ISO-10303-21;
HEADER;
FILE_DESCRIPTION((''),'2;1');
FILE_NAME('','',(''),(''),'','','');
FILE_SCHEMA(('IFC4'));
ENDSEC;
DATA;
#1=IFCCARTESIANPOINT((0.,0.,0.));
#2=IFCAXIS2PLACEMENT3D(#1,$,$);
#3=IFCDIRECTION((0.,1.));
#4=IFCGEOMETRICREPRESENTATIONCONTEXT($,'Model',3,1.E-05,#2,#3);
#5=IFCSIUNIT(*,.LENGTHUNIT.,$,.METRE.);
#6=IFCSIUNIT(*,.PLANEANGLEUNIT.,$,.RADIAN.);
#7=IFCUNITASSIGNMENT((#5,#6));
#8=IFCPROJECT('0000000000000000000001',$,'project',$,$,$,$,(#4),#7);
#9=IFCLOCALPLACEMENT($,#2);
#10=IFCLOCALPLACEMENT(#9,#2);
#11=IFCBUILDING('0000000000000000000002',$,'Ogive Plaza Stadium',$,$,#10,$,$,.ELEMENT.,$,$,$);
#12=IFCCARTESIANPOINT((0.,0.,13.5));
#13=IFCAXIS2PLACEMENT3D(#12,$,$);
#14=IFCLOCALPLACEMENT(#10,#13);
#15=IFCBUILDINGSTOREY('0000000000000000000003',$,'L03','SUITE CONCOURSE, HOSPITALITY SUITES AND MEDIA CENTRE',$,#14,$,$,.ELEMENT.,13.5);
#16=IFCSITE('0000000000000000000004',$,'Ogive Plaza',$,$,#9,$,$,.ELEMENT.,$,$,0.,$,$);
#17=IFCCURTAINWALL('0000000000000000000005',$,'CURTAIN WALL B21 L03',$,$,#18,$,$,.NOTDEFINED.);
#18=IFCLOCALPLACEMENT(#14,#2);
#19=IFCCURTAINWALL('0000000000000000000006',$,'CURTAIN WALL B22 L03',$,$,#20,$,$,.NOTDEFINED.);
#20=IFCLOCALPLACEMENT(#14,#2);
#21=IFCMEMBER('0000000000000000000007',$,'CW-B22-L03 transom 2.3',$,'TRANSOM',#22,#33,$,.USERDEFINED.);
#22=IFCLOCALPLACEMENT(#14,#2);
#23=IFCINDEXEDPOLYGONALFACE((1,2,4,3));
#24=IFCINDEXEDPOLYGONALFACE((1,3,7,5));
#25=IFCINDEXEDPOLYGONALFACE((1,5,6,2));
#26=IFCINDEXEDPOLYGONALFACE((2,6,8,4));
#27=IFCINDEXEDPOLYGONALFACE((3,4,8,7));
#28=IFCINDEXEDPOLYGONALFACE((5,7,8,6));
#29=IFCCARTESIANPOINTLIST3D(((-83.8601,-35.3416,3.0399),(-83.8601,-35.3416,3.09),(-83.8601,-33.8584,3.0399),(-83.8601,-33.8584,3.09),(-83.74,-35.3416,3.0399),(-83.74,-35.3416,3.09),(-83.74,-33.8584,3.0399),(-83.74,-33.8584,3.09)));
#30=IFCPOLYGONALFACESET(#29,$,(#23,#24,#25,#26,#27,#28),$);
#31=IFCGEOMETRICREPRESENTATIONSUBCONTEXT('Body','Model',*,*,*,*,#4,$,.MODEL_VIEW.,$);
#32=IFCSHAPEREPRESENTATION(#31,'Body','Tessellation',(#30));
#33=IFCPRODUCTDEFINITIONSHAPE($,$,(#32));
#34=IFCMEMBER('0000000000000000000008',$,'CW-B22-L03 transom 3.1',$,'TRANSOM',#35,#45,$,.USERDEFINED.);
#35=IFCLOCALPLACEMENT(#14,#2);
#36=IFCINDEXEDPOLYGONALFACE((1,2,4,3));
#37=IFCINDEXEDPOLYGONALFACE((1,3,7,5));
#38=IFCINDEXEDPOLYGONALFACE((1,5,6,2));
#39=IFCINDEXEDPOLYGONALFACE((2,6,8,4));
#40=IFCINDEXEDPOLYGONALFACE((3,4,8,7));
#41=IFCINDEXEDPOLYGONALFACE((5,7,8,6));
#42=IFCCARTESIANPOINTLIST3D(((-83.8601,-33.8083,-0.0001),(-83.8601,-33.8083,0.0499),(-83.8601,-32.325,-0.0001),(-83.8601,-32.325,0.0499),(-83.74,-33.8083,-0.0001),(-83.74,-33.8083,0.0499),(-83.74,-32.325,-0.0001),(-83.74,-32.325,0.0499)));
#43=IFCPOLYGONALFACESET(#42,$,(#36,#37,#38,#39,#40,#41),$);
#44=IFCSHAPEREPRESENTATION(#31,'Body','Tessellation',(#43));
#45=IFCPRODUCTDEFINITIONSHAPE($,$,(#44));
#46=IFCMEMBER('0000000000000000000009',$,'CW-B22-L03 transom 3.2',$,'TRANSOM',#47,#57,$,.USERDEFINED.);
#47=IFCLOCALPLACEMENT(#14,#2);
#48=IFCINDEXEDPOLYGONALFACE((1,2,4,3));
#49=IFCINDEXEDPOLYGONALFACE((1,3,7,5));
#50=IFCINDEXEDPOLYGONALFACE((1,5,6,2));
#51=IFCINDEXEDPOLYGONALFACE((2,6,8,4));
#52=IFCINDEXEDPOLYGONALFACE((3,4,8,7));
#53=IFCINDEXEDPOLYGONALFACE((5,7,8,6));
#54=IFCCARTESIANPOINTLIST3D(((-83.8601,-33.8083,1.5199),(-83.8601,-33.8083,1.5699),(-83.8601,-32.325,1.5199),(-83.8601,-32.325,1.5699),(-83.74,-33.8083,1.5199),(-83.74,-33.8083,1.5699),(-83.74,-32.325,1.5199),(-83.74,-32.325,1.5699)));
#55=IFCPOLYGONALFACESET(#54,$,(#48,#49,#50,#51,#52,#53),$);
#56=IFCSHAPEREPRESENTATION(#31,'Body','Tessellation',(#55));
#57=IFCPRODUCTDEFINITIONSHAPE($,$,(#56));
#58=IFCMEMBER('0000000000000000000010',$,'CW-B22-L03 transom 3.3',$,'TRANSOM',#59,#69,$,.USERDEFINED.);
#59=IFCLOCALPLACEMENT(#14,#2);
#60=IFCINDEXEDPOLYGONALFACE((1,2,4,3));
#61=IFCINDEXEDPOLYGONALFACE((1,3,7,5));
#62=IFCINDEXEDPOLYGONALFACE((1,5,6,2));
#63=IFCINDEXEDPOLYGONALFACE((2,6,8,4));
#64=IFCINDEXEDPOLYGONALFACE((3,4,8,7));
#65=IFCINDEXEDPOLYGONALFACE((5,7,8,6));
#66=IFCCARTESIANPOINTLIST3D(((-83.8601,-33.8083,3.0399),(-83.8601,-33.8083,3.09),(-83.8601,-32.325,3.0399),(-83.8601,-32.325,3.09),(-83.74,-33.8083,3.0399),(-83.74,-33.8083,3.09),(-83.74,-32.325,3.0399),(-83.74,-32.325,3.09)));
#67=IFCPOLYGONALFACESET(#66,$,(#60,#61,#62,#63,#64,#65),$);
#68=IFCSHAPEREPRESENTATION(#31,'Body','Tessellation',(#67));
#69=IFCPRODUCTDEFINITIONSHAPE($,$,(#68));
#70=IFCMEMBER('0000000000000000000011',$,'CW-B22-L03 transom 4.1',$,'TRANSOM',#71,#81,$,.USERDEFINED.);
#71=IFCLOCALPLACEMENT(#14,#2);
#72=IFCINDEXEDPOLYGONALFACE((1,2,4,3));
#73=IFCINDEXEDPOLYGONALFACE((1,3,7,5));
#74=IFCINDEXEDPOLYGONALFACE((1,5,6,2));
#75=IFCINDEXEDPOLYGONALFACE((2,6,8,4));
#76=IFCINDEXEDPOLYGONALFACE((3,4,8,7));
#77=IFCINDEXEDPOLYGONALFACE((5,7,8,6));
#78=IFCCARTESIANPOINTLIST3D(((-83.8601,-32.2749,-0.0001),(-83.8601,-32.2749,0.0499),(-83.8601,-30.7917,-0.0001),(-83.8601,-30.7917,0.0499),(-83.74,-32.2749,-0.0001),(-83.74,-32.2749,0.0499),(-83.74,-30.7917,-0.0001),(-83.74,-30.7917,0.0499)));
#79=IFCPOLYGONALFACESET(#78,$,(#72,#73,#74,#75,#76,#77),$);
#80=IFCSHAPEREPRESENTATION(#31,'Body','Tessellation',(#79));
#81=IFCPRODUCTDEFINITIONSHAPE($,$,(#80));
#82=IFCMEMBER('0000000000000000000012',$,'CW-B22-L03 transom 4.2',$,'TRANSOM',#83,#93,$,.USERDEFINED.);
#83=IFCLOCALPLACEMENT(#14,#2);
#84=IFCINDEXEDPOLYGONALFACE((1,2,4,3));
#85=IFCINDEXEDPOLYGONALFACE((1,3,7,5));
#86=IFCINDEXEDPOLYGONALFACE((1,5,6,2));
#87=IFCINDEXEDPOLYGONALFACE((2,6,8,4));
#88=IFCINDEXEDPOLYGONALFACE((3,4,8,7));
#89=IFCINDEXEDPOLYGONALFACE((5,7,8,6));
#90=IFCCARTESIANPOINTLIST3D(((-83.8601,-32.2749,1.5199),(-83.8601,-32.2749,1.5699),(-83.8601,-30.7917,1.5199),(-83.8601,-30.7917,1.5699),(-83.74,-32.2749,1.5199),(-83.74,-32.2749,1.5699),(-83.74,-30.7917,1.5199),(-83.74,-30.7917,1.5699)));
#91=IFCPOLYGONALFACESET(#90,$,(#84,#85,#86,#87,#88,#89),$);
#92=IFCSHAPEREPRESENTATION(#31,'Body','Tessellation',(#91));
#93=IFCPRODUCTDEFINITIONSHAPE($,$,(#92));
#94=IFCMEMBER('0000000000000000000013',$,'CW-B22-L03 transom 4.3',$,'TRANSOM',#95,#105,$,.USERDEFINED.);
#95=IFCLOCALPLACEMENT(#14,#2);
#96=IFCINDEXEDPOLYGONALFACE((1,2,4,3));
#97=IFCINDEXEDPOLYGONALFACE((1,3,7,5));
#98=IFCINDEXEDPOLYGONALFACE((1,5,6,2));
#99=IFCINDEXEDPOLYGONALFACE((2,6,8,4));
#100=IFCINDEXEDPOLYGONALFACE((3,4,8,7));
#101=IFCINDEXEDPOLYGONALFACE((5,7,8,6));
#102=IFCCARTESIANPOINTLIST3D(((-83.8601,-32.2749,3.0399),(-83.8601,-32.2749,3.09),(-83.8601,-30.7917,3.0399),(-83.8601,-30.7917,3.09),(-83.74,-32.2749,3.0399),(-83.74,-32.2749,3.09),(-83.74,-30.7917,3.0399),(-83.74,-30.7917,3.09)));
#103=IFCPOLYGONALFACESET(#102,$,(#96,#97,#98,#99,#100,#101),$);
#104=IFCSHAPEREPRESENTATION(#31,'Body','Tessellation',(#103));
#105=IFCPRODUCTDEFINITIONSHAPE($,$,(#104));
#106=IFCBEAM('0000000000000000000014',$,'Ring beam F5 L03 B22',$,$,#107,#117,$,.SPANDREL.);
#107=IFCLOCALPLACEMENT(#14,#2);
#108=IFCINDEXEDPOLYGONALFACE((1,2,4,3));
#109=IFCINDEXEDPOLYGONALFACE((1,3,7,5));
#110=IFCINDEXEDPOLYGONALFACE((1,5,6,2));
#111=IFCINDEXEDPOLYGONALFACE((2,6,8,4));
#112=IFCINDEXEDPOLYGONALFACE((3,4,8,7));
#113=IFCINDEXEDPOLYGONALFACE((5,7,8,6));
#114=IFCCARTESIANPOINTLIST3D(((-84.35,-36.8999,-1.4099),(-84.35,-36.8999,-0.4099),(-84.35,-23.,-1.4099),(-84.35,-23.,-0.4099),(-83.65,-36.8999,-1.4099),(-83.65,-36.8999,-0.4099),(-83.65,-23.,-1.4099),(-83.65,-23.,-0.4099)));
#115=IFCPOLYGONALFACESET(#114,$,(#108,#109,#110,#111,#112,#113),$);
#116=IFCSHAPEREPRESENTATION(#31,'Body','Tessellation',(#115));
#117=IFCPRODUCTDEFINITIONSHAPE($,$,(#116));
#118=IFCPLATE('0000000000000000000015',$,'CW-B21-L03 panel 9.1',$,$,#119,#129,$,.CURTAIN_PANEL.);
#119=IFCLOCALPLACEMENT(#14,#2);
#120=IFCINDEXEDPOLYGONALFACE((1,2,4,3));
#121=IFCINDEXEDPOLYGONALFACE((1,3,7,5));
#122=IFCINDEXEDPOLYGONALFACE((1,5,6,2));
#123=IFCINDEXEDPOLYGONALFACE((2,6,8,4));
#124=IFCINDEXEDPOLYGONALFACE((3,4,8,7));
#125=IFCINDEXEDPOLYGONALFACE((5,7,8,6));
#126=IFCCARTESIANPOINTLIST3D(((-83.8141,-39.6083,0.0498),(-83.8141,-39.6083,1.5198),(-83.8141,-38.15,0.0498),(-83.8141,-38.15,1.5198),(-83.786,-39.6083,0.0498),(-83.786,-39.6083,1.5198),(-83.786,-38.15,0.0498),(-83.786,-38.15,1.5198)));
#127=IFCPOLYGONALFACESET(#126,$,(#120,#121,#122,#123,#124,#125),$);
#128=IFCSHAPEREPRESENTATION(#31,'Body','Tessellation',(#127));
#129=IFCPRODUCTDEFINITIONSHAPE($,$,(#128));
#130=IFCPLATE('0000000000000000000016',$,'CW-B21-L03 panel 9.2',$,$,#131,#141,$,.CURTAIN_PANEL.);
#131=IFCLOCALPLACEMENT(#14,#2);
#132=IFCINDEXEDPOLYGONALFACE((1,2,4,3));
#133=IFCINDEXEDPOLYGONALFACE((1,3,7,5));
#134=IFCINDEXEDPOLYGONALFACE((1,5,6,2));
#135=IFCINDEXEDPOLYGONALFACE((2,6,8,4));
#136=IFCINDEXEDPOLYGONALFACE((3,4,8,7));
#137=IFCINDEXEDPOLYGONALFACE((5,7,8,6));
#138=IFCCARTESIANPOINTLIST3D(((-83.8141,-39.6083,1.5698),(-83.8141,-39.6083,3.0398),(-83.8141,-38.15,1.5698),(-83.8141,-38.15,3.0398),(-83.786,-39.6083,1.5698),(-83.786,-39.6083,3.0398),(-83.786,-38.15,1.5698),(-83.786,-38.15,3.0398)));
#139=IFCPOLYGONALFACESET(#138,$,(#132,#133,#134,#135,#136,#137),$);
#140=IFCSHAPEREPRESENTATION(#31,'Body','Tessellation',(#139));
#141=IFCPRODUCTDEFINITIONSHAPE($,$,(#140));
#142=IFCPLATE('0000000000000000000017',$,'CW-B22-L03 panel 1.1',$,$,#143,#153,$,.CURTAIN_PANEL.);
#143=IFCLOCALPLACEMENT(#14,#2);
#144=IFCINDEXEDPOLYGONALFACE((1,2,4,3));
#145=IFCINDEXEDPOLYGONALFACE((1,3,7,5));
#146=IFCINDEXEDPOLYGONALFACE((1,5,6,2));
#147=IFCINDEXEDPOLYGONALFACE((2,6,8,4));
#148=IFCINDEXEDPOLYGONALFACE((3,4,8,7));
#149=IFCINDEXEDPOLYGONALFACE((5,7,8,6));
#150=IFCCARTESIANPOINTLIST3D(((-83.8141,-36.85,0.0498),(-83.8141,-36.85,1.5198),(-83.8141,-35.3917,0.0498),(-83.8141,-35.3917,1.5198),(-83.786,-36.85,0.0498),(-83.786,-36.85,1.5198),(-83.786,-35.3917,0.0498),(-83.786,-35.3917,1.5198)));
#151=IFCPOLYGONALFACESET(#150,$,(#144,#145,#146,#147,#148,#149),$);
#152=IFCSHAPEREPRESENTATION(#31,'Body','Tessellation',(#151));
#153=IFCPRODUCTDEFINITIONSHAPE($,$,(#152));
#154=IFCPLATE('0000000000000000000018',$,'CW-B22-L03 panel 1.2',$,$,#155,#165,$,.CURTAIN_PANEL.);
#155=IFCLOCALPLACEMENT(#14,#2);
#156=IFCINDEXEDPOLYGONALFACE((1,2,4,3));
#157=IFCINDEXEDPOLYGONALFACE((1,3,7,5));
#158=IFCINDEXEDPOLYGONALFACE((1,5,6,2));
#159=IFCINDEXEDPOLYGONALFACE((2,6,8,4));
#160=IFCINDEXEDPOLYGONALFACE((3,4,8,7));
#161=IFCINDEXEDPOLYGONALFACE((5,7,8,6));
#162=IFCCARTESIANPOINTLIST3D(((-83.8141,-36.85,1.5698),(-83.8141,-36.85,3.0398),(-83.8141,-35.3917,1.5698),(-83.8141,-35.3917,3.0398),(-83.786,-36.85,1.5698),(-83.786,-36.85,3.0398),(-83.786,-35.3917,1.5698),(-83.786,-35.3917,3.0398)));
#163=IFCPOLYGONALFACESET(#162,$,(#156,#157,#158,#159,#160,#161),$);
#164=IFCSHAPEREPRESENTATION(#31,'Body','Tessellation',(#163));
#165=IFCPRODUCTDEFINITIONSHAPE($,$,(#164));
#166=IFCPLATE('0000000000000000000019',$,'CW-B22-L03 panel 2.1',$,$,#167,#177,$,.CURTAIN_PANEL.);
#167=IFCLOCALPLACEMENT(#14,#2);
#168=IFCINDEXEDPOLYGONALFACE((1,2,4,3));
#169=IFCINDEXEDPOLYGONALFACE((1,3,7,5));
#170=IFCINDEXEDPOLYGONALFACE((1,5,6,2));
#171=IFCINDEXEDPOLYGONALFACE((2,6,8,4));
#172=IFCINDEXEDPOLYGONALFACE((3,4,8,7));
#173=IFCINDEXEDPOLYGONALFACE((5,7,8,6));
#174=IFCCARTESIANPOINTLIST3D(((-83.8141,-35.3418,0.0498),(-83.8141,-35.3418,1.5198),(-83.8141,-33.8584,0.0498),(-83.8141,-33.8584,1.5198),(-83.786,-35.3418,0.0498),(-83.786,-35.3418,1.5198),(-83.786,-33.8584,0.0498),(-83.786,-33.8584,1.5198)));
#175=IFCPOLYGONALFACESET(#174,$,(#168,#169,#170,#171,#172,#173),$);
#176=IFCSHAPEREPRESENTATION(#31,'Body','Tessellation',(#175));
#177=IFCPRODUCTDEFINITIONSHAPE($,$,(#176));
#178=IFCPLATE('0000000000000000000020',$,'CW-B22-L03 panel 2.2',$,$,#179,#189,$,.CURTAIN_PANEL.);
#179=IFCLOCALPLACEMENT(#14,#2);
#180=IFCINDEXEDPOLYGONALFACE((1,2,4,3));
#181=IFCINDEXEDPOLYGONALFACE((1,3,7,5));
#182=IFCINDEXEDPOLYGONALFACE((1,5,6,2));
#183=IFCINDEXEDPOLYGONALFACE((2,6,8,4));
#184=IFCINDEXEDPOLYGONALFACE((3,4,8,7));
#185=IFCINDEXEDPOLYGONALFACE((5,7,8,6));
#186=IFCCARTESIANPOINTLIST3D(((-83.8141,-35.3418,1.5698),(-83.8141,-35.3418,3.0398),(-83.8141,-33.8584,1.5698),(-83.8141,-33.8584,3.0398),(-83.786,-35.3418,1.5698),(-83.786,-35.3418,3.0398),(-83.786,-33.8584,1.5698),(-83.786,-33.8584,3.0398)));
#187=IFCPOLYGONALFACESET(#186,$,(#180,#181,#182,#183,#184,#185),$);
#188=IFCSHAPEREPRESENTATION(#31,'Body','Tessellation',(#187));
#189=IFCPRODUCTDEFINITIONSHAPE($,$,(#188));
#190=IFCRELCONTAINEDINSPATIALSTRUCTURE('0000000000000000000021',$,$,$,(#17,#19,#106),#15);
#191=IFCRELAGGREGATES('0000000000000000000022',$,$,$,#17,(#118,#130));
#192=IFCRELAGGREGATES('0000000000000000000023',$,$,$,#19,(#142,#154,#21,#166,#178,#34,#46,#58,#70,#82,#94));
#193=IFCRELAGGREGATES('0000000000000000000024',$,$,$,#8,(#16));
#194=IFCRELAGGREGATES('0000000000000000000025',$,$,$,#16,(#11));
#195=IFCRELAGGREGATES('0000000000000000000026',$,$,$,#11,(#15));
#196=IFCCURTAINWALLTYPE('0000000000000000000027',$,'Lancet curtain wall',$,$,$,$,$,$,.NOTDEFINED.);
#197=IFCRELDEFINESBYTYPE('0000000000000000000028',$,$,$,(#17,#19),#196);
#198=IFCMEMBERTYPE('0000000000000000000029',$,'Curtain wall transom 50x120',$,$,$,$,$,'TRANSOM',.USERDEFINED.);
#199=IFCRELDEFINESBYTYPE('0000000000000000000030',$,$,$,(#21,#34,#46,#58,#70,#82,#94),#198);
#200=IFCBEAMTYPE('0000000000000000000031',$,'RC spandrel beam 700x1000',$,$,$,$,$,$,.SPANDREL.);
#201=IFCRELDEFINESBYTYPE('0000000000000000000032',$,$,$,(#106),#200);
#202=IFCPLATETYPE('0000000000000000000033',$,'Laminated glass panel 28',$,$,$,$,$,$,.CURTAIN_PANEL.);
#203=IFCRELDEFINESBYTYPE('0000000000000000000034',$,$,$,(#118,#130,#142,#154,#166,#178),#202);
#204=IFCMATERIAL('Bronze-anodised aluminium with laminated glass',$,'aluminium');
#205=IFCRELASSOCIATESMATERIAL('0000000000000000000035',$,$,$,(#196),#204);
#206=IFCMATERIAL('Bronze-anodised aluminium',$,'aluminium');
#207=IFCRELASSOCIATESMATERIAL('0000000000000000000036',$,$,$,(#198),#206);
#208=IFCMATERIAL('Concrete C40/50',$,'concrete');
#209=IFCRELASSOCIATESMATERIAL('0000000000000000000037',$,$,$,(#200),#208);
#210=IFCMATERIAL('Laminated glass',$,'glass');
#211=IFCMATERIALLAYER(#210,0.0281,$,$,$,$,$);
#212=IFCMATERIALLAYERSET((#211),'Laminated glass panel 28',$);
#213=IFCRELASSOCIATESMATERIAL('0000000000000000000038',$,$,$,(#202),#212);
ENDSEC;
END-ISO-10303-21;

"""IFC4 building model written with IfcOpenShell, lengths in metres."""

from ifc_helpers import new_model, si_unit, direction, frame, origin, origin_2d, place, context, subcontext, project, spatial, rectangle, extrude, material, layer, layer_set, material_profile, profile_set, type_object, element, aggregate, save


model = new_model("IFC4")

# Units and contexts
model_context = context("Model", 3, precision=1e-05, world=origin(), true_north=direction((0.0, 1.0)))
body_context = subcontext(model_context, "Body", "Model", "MODEL_VIEW")
ifc_project = project(units=[si_unit("LENGTHUNIT", "METRE"), si_unit("PLANEANGLEUNIT", "RADIAN")], contexts=[model_context])

# Site, building, storey
site_placement = place(None, origin())
site = spatial("IfcSite", under=ifc_project, at=site_placement, Name="Ogive Plaza", CompositionType="ELEMENT", RefElevation=0.0)
building_placement = place(site_placement, origin())
building = spatial("IfcBuilding", under=site, at=building_placement, Name="Ogive Plaza Stadium", CompositionType="ELEMENT")
storey_placement = place(building_placement, frame((0.0, 0.0, 13.5)))
storey = spatial("IfcBuildingStorey", under=building, at=storey_placement, Name="L03", Description="SUITE CONCOURSE, HOSPITALITY SUITES AND MEDIA CENTRE", CompositionType="ELEMENT", Elevation=13.5)

# Curtain wall
ifc_material_1 = material(Name="Bronze-anodised aluminium with laminated glass", Category="aluminium")
curtain_wall_type = type_object("IfcCurtainWallType", Name="Lancet curtain wall", PredefinedType="NOTDEFINED", material=ifc_material_1)
curtain_wall_1_placement = place(storey_placement, origin())
curtain_wall_1 = element("IfcCurtainWall", 1, at=curtain_wall_1_placement, inside=storey, type_object=curtain_wall_type, Name="CURTAIN WALL B21 L03", PredefinedType="NOTDEFINED")

# Curtain wall
curtain_wall_2_placement = place(storey_placement, origin())
curtain_wall_2 = element("IfcCurtainWall", 2, at=curtain_wall_2_placement, inside=storey, type_object=curtain_wall_type, Name="CURTAIN WALL B22 L03", PredefinedType="NOTDEFINED")

# Members
ifc_material_2 = material(Name="Bronze-anodised aluminium", Category="aluminium")
ifc_material_profile_1 = material_profile(ifc_material_2, rectangle(XDim=0.1201, YDim=0.05, at=origin_2d()), Name="AL 120x50")
ifc_profile_set_1 = profile_set([ifc_material_profile_1], Name="Bronze-anodised aluminium")
member_type_1 = type_object("IfcMemberType", Name="Curtain wall transom 50x120", ElementType="TRANSOM", PredefinedType="USERDEFINED", material=ifc_profile_set_1)
member_1_placement = place(storey_placement, frame((-83.8, -35.3416, 3.0649), z_axis=(0.0, 1.0, 0.0), x_axis=(-1.0, 0.0, 0.0)))
member_1 = element("IfcMember", 3, at=member_1_placement, type_object=member_type_1, Name="CW-B22-L03 transom 2.3", ObjectType="TRANSOM", PredefinedType="USERDEFINED", context=body_context, shape_type="SweptSolid", body=[
    extrude(rectangle(XDim=0.1201, YDim=0.05, at=origin_2d()), origin(), (0.0, 0.0, 1.0), 1.4832),
])
member_2_placement = place(storey_placement, frame((-83.8, -33.8083, 0.0249), z_axis=(0.0, 1.0, 0.0), x_axis=(-1.0, 0.0, 0.0)))
member_2 = element("IfcMember", 4, at=member_2_placement, type_object=member_type_1, Name="CW-B22-L03 transom 3.1", ObjectType="TRANSOM", PredefinedType="USERDEFINED", context=body_context, shape_type="SweptSolid", body=[
    extrude(rectangle(XDim=0.1201, YDim=0.05, at=origin_2d()), origin(), (0.0, 0.0, 1.0), 1.4834),
])
member_3_placement = place(storey_placement, frame((-83.8, -33.8083, 1.5449), z_axis=(0.0, 1.0, 0.0), x_axis=(-1.0, 0.0, 0.0)))
member_3 = element("IfcMember", 5, at=member_3_placement, type_object=member_type_1, Name="CW-B22-L03 transom 3.2", ObjectType="TRANSOM", PredefinedType="USERDEFINED", context=body_context, shape_type="SweptSolid", body=[
    extrude(rectangle(XDim=0.1201, YDim=0.05, at=origin_2d()), origin(), (0.0, 0.0, 1.0), 1.4834),
])
member_4_placement = place(storey_placement, frame((-83.8, -33.8083, 3.0649), z_axis=(0.0, 1.0, 0.0), x_axis=(-1.0, 0.0, 0.0)))
member_4 = element("IfcMember", 6, at=member_4_placement, type_object=member_type_1, Name="CW-B22-L03 transom 3.3", ObjectType="TRANSOM", PredefinedType="USERDEFINED", context=body_context, shape_type="SweptSolid", body=[
    extrude(rectangle(XDim=0.1201, YDim=0.05, at=origin_2d()), origin(), (0.0, 0.0, 1.0), 1.4834),
])
member_5_placement = place(storey_placement, frame((-83.8, -32.2749, 0.0249), z_axis=(0.0, 1.0, 0.0), x_axis=(-1.0, 0.0, 0.0)))
member_5 = element("IfcMember", 7, at=member_5_placement, type_object=member_type_1, Name="CW-B22-L03 transom 4.1", ObjectType="TRANSOM", PredefinedType="USERDEFINED", context=body_context, shape_type="SweptSolid", body=[
    extrude(rectangle(XDim=0.1201, YDim=0.05, at=origin_2d()), origin(), (0.0, 0.0, 1.0), 1.4832),
])
member_6_placement = place(storey_placement, frame((-83.8, -32.2749, 1.5449), z_axis=(0.0, 1.0, 0.0), x_axis=(-1.0, 0.0, 0.0)))
member_6 = element("IfcMember", 8, at=member_6_placement, type_object=member_type_1, Name="CW-B22-L03 transom 4.2", ObjectType="TRANSOM", PredefinedType="USERDEFINED", context=body_context, shape_type="SweptSolid", body=[
    extrude(rectangle(XDim=0.1201, YDim=0.05, at=origin_2d()), origin(), (0.0, 0.0, 1.0), 1.4832),
])
member_7_placement = place(storey_placement, frame((-83.8, -32.2749, 3.0649), z_axis=(0.0, 1.0, 0.0), x_axis=(-1.0, 0.0, 0.0)))
member_7 = element("IfcMember", 9, at=member_7_placement, type_object=member_type_1, Name="CW-B22-L03 transom 4.3", ObjectType="TRANSOM", PredefinedType="USERDEFINED", context=body_context, shape_type="SweptSolid", body=[
    extrude(rectangle(XDim=0.1201, YDim=0.05, at=origin_2d()), origin(), (0.0, 0.0, 1.0), 1.4832),
])

# Beam
ifc_material_3 = material(Name="Concrete C40/50", Category="concrete")
ifc_material_profile_2 = material_profile(ifc_material_3, rectangle(XDim=0.7, YDim=1.0, at=origin_2d()), Name="RC 700x1000")
ifc_profile_set_2 = profile_set([ifc_material_profile_2], Name="Concrete C40/50")
beam_type = type_object("IfcBeamType", Name="RC spandrel beam 700x1000", PredefinedType="SPANDREL", material=ifc_profile_set_2)
beam_placement = place(storey_placement, frame((-84.0, -36.8999, -0.9099), z_axis=(0.0, 1.0, 0.0), x_axis=(-1.0, 0.0, 0.0)))
element("IfcBeam", 10, at=beam_placement, inside=storey, type_object=beam_type, Name="Ring beam F5 L03 B22", PredefinedType="SPANDREL", context=body_context, shape_type="SweptSolid", body=[
    extrude(rectangle(XDim=0.7, YDim=1.0, at=origin_2d()), origin(), (0.0, 0.0, 1.0), 13.8999),
])

# Plates
ifc_material_4 = material(Name="Laminated glass", Category="glass")
ifc_layer = layer(ifc_material_4, 0.0281)
ifc_layer_set = layer_set([ifc_layer], Name="Laminated glass panel 28")
plate_type = type_object("IfcPlateType", Name="Laminated glass panel 28", PredefinedType="CURTAIN_PANEL", material=ifc_layer_set)
plate_1_placement = place(storey_placement, frame((-83.8, -38.8792, 0.0498), z_axis=(0.0, 0.0, 1.0), x_axis=(0.0, 1.0, 0.0)))
plate_1 = element("IfcPlate", 11, at=plate_1_placement, type_object=plate_type, Name="CW-B21-L03 panel 9.1", PredefinedType="CURTAIN_PANEL", context=body_context, shape_type="SweptSolid", body=[
    extrude(rectangle(XDim=1.4583, YDim=0.0281, at=origin_2d()), origin(), (0.0, 0.0, 1.0), 1.47),
])
plate_2_placement = place(storey_placement, frame((-83.8, -38.8792, 1.5698), z_axis=(0.0, 0.0, 1.0), x_axis=(0.0, 1.0, 0.0)))
plate_2 = element("IfcPlate", 12, at=plate_2_placement, type_object=plate_type, Name="CW-B21-L03 panel 9.2", PredefinedType="CURTAIN_PANEL", context=body_context, shape_type="SweptSolid", body=[
    extrude(rectangle(XDim=1.4583, YDim=0.0281, at=origin_2d()), origin(), (0.0, 0.0, 1.0), 1.47),
])
aggregate(curtain_wall_1, [plate_1, plate_2])
plate_3_placement = place(storey_placement, frame((-83.8, -36.1208, 0.0498), z_axis=(0.0, 0.0, 1.0), x_axis=(0.0, 1.0, 0.0)))
plate_3 = element("IfcPlate", 13, at=plate_3_placement, type_object=plate_type, Name="CW-B22-L03 panel 1.1", PredefinedType="CURTAIN_PANEL", context=body_context, shape_type="SweptSolid", body=[
    extrude(rectangle(XDim=1.4583, YDim=0.0281, at=origin_2d()), origin(), (0.0, 0.0, 1.0), 1.47),
])
plate_4_placement = place(storey_placement, frame((-83.8, -36.1208, 1.5698), z_axis=(0.0, 0.0, 1.0), x_axis=(0.0, 1.0, 0.0)))
plate_4 = element("IfcPlate", 14, at=plate_4_placement, type_object=plate_type, Name="CW-B22-L03 panel 1.2", PredefinedType="CURTAIN_PANEL", context=body_context, shape_type="SweptSolid", body=[
    extrude(rectangle(XDim=1.4583, YDim=0.0281, at=origin_2d()), origin(), (0.0, 0.0, 1.0), 1.47),
])
plate_5_placement = place(storey_placement, frame((-83.8, -34.6001, 0.0498), z_axis=(0.0, 0.0, 1.0), x_axis=(0.0, 1.0, 0.0)))
plate_5 = element("IfcPlate", 15, at=plate_5_placement, type_object=plate_type, Name="CW-B22-L03 panel 2.1", PredefinedType="CURTAIN_PANEL", context=body_context, shape_type="SweptSolid", body=[
    extrude(rectangle(XDim=1.4834, YDim=0.0281, at=origin_2d()), origin(), (0.0, 0.0, 1.0), 1.47),
])
plate_6_placement = place(storey_placement, frame((-83.8, -34.6001, 1.5698), z_axis=(0.0, 0.0, 1.0), x_axis=(0.0, 1.0, 0.0)))
plate_6 = element("IfcPlate", 16, at=plate_6_placement, type_object=plate_type, Name="CW-B22-L03 panel 2.2", PredefinedType="CURTAIN_PANEL", context=body_context, shape_type="SweptSolid", body=[
    extrude(rectangle(XDim=1.4834, YDim=0.0281, at=origin_2d()), origin(), (0.0, 0.0, 1.0), 1.47),
])
aggregate(curtain_wall_2, [plate_3, plate_4, member_1, plate_5, plate_6, member_2, member_3, member_4, member_5, member_6, member_7])

save(model, "model.ifc")
